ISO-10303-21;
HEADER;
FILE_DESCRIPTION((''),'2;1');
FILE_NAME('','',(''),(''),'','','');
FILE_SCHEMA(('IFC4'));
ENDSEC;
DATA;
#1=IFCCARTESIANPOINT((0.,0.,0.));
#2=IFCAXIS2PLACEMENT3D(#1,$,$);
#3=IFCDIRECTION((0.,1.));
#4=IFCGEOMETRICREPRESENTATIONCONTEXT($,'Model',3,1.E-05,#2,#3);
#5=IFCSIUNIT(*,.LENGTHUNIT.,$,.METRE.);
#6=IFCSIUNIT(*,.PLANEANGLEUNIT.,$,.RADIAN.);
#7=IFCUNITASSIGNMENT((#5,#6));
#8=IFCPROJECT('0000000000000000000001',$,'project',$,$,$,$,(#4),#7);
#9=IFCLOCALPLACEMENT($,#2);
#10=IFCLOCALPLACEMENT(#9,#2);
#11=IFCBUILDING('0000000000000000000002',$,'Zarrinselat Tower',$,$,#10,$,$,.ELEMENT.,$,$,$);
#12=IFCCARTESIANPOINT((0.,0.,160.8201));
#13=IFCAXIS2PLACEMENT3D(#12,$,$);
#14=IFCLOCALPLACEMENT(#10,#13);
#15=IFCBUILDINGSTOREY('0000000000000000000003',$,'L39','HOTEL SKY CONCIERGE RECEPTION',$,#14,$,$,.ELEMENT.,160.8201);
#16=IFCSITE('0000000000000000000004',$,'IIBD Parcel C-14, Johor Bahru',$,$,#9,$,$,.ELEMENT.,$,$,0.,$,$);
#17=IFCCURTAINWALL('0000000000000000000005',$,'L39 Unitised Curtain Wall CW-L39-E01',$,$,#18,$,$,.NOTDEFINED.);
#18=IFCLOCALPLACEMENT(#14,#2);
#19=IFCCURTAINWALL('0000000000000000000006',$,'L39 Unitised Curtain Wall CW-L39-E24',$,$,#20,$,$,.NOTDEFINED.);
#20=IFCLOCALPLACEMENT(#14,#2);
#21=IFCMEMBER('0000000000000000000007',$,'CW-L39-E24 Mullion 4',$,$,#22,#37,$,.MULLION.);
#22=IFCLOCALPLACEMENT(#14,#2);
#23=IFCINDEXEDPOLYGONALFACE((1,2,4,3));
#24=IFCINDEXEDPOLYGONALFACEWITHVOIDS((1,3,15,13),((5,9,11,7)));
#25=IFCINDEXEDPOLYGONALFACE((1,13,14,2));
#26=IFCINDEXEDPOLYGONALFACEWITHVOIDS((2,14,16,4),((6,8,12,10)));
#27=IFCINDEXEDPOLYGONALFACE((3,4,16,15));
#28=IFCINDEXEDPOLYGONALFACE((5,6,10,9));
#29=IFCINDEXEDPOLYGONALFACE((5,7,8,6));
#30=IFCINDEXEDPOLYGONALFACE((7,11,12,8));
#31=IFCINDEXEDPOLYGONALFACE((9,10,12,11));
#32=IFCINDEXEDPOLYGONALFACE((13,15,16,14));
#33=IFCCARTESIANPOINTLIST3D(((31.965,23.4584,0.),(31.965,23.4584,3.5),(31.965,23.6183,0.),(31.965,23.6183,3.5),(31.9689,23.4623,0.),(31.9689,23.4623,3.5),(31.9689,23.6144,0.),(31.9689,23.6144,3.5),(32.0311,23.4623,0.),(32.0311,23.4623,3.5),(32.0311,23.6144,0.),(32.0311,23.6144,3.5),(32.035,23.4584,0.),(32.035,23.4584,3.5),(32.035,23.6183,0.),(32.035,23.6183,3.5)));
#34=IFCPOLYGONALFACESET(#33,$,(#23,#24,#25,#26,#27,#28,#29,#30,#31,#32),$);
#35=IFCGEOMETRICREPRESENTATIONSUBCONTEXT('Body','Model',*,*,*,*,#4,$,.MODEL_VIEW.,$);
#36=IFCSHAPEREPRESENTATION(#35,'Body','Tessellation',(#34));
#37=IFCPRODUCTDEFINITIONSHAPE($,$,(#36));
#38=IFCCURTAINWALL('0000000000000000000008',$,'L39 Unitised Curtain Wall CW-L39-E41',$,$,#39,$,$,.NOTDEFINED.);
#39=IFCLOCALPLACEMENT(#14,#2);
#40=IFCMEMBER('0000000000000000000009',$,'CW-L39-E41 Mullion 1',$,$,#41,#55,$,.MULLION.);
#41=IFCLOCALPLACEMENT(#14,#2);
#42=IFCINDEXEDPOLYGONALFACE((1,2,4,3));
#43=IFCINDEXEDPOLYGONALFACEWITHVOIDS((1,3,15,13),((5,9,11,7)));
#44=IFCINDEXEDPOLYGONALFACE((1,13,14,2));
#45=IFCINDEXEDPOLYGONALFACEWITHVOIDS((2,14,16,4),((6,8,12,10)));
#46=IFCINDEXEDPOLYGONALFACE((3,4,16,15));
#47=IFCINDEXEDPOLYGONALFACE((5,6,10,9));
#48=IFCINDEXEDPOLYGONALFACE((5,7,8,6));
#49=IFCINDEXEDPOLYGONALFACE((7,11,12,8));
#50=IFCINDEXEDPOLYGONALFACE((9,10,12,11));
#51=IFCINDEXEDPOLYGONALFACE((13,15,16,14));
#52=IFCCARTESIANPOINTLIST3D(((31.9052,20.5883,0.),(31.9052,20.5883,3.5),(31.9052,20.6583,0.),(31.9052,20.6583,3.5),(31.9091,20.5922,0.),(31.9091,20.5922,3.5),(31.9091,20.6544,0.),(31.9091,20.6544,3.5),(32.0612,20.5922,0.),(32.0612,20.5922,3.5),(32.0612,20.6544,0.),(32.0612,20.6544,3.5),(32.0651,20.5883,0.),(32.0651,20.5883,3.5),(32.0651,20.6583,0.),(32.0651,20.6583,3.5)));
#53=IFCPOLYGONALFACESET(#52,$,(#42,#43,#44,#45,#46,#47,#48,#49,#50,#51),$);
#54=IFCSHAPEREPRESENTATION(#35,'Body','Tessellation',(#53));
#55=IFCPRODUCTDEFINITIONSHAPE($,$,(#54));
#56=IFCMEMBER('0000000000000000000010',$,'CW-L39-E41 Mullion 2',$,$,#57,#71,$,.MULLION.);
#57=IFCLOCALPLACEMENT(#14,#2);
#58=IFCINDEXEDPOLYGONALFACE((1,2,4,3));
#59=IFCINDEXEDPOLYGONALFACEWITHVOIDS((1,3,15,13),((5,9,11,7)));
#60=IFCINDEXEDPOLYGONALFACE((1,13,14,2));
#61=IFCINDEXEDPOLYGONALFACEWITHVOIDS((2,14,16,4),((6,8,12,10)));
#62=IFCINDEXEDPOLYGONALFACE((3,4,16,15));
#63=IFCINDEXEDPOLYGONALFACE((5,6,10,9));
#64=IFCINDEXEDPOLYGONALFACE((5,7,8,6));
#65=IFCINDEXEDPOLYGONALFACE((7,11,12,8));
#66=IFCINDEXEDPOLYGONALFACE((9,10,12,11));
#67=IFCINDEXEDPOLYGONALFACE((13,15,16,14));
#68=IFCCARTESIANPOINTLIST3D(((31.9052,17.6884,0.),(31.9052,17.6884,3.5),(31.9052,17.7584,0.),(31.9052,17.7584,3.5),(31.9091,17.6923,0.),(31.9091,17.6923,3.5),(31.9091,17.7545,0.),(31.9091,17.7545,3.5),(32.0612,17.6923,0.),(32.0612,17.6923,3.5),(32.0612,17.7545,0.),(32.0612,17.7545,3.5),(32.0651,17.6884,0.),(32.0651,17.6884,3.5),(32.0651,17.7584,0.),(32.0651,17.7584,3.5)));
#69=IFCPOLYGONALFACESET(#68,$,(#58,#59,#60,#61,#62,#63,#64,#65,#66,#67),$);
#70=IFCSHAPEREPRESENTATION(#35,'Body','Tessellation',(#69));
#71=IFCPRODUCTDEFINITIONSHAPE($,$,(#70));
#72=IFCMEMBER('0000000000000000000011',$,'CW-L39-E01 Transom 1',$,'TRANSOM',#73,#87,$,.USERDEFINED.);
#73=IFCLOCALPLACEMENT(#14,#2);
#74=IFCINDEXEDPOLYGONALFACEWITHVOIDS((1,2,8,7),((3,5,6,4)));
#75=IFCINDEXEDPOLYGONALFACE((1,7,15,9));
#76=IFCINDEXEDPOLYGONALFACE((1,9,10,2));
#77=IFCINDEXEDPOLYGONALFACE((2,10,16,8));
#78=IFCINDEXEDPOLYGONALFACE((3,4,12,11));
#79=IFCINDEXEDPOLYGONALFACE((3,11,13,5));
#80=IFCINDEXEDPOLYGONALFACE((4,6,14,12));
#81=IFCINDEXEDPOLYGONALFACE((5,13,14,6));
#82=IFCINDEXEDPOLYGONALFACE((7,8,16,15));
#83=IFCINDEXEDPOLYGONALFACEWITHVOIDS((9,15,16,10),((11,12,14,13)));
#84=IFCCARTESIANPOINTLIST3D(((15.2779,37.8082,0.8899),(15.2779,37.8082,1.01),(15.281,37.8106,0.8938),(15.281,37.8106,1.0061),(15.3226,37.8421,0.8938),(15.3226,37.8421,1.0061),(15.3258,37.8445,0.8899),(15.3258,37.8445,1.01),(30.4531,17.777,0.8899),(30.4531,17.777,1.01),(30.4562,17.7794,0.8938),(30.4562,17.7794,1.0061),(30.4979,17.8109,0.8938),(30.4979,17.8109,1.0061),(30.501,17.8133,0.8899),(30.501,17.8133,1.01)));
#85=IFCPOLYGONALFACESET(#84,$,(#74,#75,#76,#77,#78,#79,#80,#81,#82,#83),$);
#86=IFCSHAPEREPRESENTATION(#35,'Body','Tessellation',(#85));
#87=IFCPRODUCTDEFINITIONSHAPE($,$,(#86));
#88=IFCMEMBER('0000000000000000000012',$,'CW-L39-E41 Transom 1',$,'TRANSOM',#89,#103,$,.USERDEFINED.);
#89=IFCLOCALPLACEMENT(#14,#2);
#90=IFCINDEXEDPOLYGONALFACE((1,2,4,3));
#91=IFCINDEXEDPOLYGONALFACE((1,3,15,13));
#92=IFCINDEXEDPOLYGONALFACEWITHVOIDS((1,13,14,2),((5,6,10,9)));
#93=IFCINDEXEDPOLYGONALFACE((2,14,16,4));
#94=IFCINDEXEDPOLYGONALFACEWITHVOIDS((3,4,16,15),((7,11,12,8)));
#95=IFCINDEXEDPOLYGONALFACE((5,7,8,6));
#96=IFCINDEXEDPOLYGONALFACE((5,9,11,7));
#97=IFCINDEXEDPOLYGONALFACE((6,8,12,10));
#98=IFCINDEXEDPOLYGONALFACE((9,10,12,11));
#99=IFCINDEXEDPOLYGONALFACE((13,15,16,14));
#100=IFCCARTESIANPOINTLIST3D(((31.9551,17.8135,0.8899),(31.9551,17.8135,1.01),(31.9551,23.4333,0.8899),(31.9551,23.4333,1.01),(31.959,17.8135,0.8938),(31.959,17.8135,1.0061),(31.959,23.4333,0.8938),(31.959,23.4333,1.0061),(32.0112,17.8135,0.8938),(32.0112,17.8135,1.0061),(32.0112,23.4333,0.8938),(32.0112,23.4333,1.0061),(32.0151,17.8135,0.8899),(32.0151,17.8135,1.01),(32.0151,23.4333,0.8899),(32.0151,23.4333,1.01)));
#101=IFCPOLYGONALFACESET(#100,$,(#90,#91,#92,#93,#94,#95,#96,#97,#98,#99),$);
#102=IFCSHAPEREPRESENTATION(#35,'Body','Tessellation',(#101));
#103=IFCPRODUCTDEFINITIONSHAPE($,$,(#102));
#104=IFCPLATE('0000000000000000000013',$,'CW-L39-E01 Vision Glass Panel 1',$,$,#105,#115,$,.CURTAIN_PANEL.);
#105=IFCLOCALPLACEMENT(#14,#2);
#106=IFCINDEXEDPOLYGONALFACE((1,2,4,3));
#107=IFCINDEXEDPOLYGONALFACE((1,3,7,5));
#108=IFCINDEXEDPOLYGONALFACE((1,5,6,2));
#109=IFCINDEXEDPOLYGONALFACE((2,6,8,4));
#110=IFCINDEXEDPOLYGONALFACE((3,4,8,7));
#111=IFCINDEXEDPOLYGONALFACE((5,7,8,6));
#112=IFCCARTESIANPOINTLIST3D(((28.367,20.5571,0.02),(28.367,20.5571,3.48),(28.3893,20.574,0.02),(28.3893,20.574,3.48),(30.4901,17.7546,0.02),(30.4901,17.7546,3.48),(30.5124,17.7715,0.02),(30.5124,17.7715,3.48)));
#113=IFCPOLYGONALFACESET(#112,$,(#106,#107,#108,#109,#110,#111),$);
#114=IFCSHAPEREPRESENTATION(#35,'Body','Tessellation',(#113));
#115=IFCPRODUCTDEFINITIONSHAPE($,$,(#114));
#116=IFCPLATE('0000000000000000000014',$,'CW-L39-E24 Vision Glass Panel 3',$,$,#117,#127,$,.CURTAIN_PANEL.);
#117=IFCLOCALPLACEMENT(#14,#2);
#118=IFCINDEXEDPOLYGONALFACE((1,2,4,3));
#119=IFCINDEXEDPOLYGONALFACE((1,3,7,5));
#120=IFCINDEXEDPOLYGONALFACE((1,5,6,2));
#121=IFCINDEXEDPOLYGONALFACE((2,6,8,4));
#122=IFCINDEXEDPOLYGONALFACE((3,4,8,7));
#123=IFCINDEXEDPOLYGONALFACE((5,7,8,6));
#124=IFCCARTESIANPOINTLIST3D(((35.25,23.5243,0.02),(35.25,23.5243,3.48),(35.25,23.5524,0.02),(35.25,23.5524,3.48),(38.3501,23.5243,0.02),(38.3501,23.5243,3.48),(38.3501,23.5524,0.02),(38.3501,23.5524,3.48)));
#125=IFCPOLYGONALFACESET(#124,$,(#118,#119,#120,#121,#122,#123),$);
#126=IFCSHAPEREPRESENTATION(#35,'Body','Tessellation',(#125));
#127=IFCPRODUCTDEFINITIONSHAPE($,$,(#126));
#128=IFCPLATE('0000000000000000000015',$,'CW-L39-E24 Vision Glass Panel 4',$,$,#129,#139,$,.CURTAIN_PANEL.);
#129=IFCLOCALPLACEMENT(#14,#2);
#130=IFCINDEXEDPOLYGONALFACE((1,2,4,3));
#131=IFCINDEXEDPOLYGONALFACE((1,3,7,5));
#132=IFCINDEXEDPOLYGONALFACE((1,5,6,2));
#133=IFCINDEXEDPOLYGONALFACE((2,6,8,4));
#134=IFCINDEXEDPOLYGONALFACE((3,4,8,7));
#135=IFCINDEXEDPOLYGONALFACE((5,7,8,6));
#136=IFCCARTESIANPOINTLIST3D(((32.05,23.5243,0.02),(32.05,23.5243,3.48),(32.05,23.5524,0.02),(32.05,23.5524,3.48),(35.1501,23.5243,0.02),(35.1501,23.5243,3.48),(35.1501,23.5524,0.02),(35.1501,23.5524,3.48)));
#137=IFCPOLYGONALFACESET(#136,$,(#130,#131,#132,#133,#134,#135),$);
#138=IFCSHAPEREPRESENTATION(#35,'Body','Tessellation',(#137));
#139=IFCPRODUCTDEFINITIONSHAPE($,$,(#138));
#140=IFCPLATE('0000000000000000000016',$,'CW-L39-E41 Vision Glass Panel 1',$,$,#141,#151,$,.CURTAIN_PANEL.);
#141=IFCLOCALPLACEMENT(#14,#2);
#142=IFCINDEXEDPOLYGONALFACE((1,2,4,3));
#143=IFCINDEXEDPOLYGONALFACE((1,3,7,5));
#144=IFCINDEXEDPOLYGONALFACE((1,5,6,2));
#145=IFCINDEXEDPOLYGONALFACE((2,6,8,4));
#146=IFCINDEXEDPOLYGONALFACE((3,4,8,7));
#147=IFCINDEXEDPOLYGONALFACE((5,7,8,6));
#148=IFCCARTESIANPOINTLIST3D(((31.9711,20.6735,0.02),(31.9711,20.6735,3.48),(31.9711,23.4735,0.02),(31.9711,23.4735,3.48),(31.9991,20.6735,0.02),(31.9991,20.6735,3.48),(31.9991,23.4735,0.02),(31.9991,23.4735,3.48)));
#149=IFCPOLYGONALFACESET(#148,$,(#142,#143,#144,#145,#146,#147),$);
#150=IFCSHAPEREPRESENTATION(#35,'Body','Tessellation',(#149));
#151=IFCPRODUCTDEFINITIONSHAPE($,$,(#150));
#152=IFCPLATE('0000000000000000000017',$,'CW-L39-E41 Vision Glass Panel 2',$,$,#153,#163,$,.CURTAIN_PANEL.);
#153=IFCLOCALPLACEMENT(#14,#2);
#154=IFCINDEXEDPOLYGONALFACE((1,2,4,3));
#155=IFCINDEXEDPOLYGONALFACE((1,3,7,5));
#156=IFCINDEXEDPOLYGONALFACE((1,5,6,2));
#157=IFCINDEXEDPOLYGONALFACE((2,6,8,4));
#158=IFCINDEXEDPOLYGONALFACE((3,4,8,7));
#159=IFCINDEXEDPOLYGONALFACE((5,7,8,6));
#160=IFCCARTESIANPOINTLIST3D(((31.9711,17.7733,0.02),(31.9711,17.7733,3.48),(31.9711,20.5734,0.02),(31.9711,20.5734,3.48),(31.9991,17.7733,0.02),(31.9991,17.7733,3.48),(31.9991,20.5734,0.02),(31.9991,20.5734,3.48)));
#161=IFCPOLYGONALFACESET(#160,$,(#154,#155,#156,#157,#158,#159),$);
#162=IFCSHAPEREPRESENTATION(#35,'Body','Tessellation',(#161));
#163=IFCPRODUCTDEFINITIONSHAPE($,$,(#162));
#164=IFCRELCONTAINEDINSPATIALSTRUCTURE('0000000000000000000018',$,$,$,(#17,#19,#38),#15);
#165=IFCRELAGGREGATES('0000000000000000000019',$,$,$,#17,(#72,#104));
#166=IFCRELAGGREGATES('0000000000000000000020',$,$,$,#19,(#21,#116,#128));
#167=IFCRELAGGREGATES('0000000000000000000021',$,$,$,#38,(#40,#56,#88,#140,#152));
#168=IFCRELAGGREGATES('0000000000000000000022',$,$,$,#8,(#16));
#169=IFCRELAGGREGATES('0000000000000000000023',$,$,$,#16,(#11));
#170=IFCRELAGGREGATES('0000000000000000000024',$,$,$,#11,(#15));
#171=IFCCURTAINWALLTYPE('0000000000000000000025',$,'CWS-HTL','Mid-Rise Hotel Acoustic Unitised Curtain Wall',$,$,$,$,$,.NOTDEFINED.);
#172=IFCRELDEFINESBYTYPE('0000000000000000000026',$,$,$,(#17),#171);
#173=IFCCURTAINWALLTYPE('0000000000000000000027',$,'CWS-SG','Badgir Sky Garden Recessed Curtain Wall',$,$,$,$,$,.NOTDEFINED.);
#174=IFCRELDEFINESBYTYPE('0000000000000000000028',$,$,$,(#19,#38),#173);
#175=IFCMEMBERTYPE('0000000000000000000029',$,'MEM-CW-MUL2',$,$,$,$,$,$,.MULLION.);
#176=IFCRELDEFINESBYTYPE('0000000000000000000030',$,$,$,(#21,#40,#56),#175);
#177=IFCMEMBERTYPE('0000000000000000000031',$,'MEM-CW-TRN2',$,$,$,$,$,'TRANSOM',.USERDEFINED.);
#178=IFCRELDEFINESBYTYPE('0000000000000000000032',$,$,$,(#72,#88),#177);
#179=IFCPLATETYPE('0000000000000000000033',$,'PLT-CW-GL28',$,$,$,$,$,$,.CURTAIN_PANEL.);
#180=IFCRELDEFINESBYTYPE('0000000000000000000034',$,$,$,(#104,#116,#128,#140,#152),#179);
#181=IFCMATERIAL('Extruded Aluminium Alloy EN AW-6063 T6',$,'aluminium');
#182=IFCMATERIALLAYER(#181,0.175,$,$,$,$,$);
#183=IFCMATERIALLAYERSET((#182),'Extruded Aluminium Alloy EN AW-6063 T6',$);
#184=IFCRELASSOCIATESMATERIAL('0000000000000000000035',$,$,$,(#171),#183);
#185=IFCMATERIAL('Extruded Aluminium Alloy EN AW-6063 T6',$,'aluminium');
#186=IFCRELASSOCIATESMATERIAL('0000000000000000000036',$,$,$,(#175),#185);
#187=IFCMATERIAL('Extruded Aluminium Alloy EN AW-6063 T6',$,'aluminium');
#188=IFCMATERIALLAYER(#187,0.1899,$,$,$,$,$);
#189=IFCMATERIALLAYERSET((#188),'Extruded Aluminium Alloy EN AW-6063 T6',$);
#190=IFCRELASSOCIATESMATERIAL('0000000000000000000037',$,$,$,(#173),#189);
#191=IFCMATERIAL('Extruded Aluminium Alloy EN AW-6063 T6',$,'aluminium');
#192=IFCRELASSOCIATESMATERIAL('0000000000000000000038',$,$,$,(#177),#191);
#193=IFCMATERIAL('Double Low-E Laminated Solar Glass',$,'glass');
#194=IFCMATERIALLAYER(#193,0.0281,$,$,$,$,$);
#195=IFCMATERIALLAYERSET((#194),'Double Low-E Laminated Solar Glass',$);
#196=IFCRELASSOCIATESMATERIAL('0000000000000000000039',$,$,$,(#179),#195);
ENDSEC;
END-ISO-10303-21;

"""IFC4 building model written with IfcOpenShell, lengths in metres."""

from ifc_helpers import new_model, si_unit, direction, frame, origin, origin_2d, place, context, subcontext, project, spatial, rectangle, hollow_rectangle, extrude, material, layer, layer_set, material_profile, profile_set, type_object, element, aggregate, save


model = new_model("IFC4")

# Units and contexts
model_context = context("Model", 3, precision=1e-05, world=origin(), true_north=direction((0.0, 1.0)))
body_context = subcontext(model_context, "Body", "Model", "MODEL_VIEW")
ifc_project = project(units=[si_unit("LENGTHUNIT", "METRE"), si_unit("PLANEANGLEUNIT", "RADIAN")], contexts=[model_context])

# Site, building, storey
site_placement = place(None, origin())
site = spatial("IfcSite", under=ifc_project, at=site_placement, Name="IIBD Parcel C-14, Johor Bahru", CompositionType="ELEMENT", RefElevation=0.0)
building_placement = place(site_placement, origin())
building = spatial("IfcBuilding", under=site, at=building_placement, Name="Zarrinselat Tower", CompositionType="ELEMENT")
storey_placement = place(building_placement, frame((0.0, 0.0, 160.8201)))
storey = spatial("IfcBuildingStorey", under=building, at=storey_placement, Name="L39", Description="HOTEL SKY CONCIERGE RECEPTION", CompositionType="ELEMENT", Elevation=160.8201)

# Curtain wall
ifc_material_1 = material(Name="Extruded Aluminium Alloy EN AW-6063 T6", Category="aluminium")
ifc_layer_1 = layer(ifc_material_1, 0.175)
ifc_layer_set_1 = layer_set([ifc_layer_1], Name="Extruded Aluminium Alloy EN AW-6063 T6")
curtain_wall_type_1 = type_object("IfcCurtainWallType", Name="CWS-HTL", Description="Mid-Rise Hotel Acoustic Unitised Curtain Wall", PredefinedType="NOTDEFINED", material=ifc_layer_set_1)
curtain_wall_1_placement = place(storey_placement, origin())
curtain_wall_1 = element("IfcCurtainWall", 1, at=curtain_wall_1_placement, inside=storey, type_object=curtain_wall_type_1, Name="L39 Unitised Curtain Wall CW-L39-E01", PredefinedType="NOTDEFINED")
ifc_material_2 = material(Name="Extruded Aluminium Alloy EN AW-6063 T6", Category="aluminium")
ifc_material_profile_1 = material_profile(ifc_material_2, hollow_rectangle(XDim=0.0701, YDim=0.1599, WallThickness=0.0039, at=origin_2d()), Name="RHS 160x70x4")
ifc_profile_set_1 = profile_set([ifc_material_profile_1], Name="Extruded Aluminium Alloy EN AW-6063 T6")
member_type_1 = type_object("IfcMemberType", Name="MEM-CW-MUL2", PredefinedType="MULLION", material=ifc_profile_set_1)

# Curtain walls, members
ifc_material_3 = material(Name="Extruded Aluminium Alloy EN AW-6063 T6", Category="aluminium")
ifc_layer_2 = layer(ifc_material_3, 0.1899)
ifc_layer_set_2 = layer_set([ifc_layer_2], Name="Extruded Aluminium Alloy EN AW-6063 T6")
curtain_wall_type_2 = type_object("IfcCurtainWallType", Name="CWS-SG", Description="Badgir Sky Garden Recessed Curtain Wall", PredefinedType="NOTDEFINED", material=ifc_layer_set_2)
curtain_wall_2_placement = place(storey_placement, origin())
curtain_wall_2 = element("IfcCurtainWall", 2, at=curtain_wall_2_placement, inside=storey, type_object=curtain_wall_type_2, Name="L39 Unitised Curtain Wall CW-L39-E24", PredefinedType="NOTDEFINED")
member_1_placement = place(storey_placement, frame((32.0, 23.5383, 0.0), z_axis=(0.0, 0.0, 1.0), x_axis=(-1.0, 0.0, 0.0)))
member_1 = element("IfcMember", 3, at=member_1_placement, type_object=member_type_1, Name="CW-L39-E24 Mullion 4", PredefinedType="MULLION", context=body_context, shape_type="SweptSolid", body=[
    extrude(hollow_rectangle(XDim=0.0701, YDim=0.1599, WallThickness=0.0039, at=origin_2d()), origin(), (0.0, 0.0, 1.0), 3.5),
])
curtain_wall_3_placement = place(storey_placement, origin())
curtain_wall_3 = element("IfcCurtainWall", 4, at=curtain_wall_3_placement, inside=storey, type_object=curtain_wall_type_2, Name="L39 Unitised Curtain Wall CW-L39-E41", PredefinedType="NOTDEFINED")
member_2_placement = place(storey_placement, frame((31.9851, 20.6233, 0.0), z_axis=(0.0, 0.0, 1.0), x_axis=(0.0, -1.0, 0.0)))
member_2 = element("IfcMember", 5, at=member_2_placement, type_object=member_type_1, Name="CW-L39-E41 Mullion 1", PredefinedType="MULLION", context=body_context, shape_type="SweptSolid", body=[
    extrude(hollow_rectangle(XDim=0.0701, YDim=0.1599, WallThickness=0.0039, at=origin_2d()), origin(), (0.0, 0.0, 1.0), 3.5),
])
member_3_placement = place(storey_placement, frame((31.9851, 17.7234, 0.0), z_axis=(0.0, 0.0, 1.0), x_axis=(0.0, -1.0, 0.0)))
member_3 = element("IfcMember", 6, at=member_3_placement, type_object=member_type_1, Name="CW-L39-E41 Mullion 2", PredefinedType="MULLION", context=body_context, shape_type="SweptSolid", body=[
    extrude(hollow_rectangle(XDim=0.0701, YDim=0.1599, WallThickness=0.0039, at=origin_2d()), origin(), (0.0, 0.0, 1.0), 3.5),
])

# Members
ifc_material_4 = material(Name="Extruded Aluminium Alloy EN AW-6063 T6", Category="aluminium")
ifc_material_profile_2 = material_profile(ifc_material_4, hollow_rectangle(XDim=0.0601, YDim=0.1201, WallThickness=0.0039, at=origin_2d()), Name="RHS 120x60x4")
ifc_profile_set_2 = profile_set([ifc_material_profile_2], Name="Extruded Aluminium Alloy EN AW-6063 T6")
member_type_2 = type_object("IfcMemberType", Name="MEM-CW-TRN2", ElementType="TRANSOM", PredefinedType="USERDEFINED", material=ifc_profile_set_2)
member_4_placement = place(storey_placement, frame((30.4771, 17.7952, 0.95), z_axis=(-0.60386, 0.79709, 0.0), x_axis=(-0.79709, -0.60386, 0.0)))
member_4 = element("IfcMember", 7, at=member_4_placement, type_object=member_type_2, Name="CW-L39-E01 Transom 1", ObjectType="TRANSOM", PredefinedType="USERDEFINED", context=body_context, shape_type="SweptSolid", body=[
    extrude(hollow_rectangle(XDim=0.0601, YDim=0.1201, WallThickness=0.0039, at=origin_2d()), origin(), (0.0, 0.0, 1.0), 25.1304),
])
member_5_placement = place(storey_placement, frame((31.9851, 23.4333, 0.95), z_axis=(0.0, -1.0, 0.0), x_axis=(1.0, 0.0, 0.0)))
member_5 = element("IfcMember", 8, at=member_5_placement, type_object=member_type_2, Name="CW-L39-E41 Transom 1", ObjectType="TRANSOM", PredefinedType="USERDEFINED", context=body_context, shape_type="SweptSolid", body=[
    extrude(hollow_rectangle(XDim=0.0601, YDim=0.1201, WallThickness=0.0039, at=origin_2d()), origin(), (0.0, 0.0, 1.0), 5.6199),
])

# Plates
ifc_material_5 = material(Name="Double Low-E Laminated Solar Glass", Category="glass")
ifc_layer_3 = layer(ifc_material_5, 0.0281)
ifc_layer_set_3 = layer_set([ifc_layer_3], Name="Double Low-E Laminated Solar Glass")
plate_type = type_object("IfcPlateType", Name="PLT-CW-GL28", PredefinedType="CURTAIN_PANEL", material=ifc_layer_set_3)
plate_1_placement = place(storey_placement, frame((29.4397, 19.1643, 0.02), z_axis=(0.0, 0.0, 1.0), x_axis=(-0.603858, 0.797092, 0.0)))
plate_1 = element("IfcPlate", 9, at=plate_1_placement, type_object=plate_type, Name="CW-L39-E01 Vision Glass Panel 1", PredefinedType="CURTAIN_PANEL", context=body_context, shape_type="SweptSolid", body=[
    extrude(rectangle(XDim=3.5159, YDim=0.0281, at=origin_2d()), origin(), (0.0, 0.0, 1.0), 3.46),
])
aggregate(curtain_wall_1, [member_4, plate_1])
plate_2_placement = place(storey_placement, frame((36.8, 23.5383, 0.02), z_axis=(0.0, 0.0, 1.0), x_axis=(-1.0, 0.0, 0.0)))
plate_2 = element("IfcPlate", 10, at=plate_2_placement, type_object=plate_type, Name="CW-L39-E24 Vision Glass Panel 3", PredefinedType="CURTAIN_PANEL", context=body_context, shape_type="SweptSolid", body=[
    extrude(rectangle(XDim=3.1001, YDim=0.0281, at=origin_2d()), origin(), (0.0, 0.0, 1.0), 3.46),
])
plate_3_placement = place(storey_placement, frame((33.6001, 23.5383, 0.02), z_axis=(0.0, 0.0, 1.0), x_axis=(-1.0, 0.0, 0.0)))
plate_3 = element("IfcPlate", 11, at=plate_3_placement, type_object=plate_type, Name="CW-L39-E24 Vision Glass Panel 4", PredefinedType="CURTAIN_PANEL", context=body_context, shape_type="SweptSolid", body=[
    extrude(rectangle(XDim=3.1001, YDim=0.0281, at=origin_2d()), origin(), (0.0, 0.0, 1.0), 3.46),
])
aggregate(curtain_wall_2, [member_1, plate_2, plate_3])
plate_4_placement = place(storey_placement, frame((31.9851, 22.0735, 0.02), z_axis=(0.0, 0.0, 1.0), x_axis=(0.0, -1.0, 0.0)))
plate_4 = element("IfcPlate", 12, at=plate_4_placement, type_object=plate_type, Name="CW-L39-E41 Vision Glass Panel 1", PredefinedType="CURTAIN_PANEL", context=body_context, shape_type="SweptSolid", body=[
    extrude(rectangle(XDim=2.8, YDim=0.0281, at=origin_2d()), origin(), (0.0, 0.0, 1.0), 3.46),
])
plate_5_placement = place(storey_placement, frame((31.9851, 19.1733, 0.02), z_axis=(0.0, 0.0, 1.0), x_axis=(0.0, -1.0, 0.0)))
plate_5 = element("IfcPlate", 13, at=plate_5_placement, type_object=plate_type, Name="CW-L39-E41 Vision Glass Panel 2", PredefinedType="CURTAIN_PANEL", context=body_context, shape_type="SweptSolid", body=[
    extrude(rectangle(XDim=2.8, YDim=0.0281, at=origin_2d()), origin(), (0.0, 0.0, 1.0), 3.46),
])
aggregate(curtain_wall_3, [member_2, member_3, member_5, plate_4, plate_5])

save(model, "model.ifc")
